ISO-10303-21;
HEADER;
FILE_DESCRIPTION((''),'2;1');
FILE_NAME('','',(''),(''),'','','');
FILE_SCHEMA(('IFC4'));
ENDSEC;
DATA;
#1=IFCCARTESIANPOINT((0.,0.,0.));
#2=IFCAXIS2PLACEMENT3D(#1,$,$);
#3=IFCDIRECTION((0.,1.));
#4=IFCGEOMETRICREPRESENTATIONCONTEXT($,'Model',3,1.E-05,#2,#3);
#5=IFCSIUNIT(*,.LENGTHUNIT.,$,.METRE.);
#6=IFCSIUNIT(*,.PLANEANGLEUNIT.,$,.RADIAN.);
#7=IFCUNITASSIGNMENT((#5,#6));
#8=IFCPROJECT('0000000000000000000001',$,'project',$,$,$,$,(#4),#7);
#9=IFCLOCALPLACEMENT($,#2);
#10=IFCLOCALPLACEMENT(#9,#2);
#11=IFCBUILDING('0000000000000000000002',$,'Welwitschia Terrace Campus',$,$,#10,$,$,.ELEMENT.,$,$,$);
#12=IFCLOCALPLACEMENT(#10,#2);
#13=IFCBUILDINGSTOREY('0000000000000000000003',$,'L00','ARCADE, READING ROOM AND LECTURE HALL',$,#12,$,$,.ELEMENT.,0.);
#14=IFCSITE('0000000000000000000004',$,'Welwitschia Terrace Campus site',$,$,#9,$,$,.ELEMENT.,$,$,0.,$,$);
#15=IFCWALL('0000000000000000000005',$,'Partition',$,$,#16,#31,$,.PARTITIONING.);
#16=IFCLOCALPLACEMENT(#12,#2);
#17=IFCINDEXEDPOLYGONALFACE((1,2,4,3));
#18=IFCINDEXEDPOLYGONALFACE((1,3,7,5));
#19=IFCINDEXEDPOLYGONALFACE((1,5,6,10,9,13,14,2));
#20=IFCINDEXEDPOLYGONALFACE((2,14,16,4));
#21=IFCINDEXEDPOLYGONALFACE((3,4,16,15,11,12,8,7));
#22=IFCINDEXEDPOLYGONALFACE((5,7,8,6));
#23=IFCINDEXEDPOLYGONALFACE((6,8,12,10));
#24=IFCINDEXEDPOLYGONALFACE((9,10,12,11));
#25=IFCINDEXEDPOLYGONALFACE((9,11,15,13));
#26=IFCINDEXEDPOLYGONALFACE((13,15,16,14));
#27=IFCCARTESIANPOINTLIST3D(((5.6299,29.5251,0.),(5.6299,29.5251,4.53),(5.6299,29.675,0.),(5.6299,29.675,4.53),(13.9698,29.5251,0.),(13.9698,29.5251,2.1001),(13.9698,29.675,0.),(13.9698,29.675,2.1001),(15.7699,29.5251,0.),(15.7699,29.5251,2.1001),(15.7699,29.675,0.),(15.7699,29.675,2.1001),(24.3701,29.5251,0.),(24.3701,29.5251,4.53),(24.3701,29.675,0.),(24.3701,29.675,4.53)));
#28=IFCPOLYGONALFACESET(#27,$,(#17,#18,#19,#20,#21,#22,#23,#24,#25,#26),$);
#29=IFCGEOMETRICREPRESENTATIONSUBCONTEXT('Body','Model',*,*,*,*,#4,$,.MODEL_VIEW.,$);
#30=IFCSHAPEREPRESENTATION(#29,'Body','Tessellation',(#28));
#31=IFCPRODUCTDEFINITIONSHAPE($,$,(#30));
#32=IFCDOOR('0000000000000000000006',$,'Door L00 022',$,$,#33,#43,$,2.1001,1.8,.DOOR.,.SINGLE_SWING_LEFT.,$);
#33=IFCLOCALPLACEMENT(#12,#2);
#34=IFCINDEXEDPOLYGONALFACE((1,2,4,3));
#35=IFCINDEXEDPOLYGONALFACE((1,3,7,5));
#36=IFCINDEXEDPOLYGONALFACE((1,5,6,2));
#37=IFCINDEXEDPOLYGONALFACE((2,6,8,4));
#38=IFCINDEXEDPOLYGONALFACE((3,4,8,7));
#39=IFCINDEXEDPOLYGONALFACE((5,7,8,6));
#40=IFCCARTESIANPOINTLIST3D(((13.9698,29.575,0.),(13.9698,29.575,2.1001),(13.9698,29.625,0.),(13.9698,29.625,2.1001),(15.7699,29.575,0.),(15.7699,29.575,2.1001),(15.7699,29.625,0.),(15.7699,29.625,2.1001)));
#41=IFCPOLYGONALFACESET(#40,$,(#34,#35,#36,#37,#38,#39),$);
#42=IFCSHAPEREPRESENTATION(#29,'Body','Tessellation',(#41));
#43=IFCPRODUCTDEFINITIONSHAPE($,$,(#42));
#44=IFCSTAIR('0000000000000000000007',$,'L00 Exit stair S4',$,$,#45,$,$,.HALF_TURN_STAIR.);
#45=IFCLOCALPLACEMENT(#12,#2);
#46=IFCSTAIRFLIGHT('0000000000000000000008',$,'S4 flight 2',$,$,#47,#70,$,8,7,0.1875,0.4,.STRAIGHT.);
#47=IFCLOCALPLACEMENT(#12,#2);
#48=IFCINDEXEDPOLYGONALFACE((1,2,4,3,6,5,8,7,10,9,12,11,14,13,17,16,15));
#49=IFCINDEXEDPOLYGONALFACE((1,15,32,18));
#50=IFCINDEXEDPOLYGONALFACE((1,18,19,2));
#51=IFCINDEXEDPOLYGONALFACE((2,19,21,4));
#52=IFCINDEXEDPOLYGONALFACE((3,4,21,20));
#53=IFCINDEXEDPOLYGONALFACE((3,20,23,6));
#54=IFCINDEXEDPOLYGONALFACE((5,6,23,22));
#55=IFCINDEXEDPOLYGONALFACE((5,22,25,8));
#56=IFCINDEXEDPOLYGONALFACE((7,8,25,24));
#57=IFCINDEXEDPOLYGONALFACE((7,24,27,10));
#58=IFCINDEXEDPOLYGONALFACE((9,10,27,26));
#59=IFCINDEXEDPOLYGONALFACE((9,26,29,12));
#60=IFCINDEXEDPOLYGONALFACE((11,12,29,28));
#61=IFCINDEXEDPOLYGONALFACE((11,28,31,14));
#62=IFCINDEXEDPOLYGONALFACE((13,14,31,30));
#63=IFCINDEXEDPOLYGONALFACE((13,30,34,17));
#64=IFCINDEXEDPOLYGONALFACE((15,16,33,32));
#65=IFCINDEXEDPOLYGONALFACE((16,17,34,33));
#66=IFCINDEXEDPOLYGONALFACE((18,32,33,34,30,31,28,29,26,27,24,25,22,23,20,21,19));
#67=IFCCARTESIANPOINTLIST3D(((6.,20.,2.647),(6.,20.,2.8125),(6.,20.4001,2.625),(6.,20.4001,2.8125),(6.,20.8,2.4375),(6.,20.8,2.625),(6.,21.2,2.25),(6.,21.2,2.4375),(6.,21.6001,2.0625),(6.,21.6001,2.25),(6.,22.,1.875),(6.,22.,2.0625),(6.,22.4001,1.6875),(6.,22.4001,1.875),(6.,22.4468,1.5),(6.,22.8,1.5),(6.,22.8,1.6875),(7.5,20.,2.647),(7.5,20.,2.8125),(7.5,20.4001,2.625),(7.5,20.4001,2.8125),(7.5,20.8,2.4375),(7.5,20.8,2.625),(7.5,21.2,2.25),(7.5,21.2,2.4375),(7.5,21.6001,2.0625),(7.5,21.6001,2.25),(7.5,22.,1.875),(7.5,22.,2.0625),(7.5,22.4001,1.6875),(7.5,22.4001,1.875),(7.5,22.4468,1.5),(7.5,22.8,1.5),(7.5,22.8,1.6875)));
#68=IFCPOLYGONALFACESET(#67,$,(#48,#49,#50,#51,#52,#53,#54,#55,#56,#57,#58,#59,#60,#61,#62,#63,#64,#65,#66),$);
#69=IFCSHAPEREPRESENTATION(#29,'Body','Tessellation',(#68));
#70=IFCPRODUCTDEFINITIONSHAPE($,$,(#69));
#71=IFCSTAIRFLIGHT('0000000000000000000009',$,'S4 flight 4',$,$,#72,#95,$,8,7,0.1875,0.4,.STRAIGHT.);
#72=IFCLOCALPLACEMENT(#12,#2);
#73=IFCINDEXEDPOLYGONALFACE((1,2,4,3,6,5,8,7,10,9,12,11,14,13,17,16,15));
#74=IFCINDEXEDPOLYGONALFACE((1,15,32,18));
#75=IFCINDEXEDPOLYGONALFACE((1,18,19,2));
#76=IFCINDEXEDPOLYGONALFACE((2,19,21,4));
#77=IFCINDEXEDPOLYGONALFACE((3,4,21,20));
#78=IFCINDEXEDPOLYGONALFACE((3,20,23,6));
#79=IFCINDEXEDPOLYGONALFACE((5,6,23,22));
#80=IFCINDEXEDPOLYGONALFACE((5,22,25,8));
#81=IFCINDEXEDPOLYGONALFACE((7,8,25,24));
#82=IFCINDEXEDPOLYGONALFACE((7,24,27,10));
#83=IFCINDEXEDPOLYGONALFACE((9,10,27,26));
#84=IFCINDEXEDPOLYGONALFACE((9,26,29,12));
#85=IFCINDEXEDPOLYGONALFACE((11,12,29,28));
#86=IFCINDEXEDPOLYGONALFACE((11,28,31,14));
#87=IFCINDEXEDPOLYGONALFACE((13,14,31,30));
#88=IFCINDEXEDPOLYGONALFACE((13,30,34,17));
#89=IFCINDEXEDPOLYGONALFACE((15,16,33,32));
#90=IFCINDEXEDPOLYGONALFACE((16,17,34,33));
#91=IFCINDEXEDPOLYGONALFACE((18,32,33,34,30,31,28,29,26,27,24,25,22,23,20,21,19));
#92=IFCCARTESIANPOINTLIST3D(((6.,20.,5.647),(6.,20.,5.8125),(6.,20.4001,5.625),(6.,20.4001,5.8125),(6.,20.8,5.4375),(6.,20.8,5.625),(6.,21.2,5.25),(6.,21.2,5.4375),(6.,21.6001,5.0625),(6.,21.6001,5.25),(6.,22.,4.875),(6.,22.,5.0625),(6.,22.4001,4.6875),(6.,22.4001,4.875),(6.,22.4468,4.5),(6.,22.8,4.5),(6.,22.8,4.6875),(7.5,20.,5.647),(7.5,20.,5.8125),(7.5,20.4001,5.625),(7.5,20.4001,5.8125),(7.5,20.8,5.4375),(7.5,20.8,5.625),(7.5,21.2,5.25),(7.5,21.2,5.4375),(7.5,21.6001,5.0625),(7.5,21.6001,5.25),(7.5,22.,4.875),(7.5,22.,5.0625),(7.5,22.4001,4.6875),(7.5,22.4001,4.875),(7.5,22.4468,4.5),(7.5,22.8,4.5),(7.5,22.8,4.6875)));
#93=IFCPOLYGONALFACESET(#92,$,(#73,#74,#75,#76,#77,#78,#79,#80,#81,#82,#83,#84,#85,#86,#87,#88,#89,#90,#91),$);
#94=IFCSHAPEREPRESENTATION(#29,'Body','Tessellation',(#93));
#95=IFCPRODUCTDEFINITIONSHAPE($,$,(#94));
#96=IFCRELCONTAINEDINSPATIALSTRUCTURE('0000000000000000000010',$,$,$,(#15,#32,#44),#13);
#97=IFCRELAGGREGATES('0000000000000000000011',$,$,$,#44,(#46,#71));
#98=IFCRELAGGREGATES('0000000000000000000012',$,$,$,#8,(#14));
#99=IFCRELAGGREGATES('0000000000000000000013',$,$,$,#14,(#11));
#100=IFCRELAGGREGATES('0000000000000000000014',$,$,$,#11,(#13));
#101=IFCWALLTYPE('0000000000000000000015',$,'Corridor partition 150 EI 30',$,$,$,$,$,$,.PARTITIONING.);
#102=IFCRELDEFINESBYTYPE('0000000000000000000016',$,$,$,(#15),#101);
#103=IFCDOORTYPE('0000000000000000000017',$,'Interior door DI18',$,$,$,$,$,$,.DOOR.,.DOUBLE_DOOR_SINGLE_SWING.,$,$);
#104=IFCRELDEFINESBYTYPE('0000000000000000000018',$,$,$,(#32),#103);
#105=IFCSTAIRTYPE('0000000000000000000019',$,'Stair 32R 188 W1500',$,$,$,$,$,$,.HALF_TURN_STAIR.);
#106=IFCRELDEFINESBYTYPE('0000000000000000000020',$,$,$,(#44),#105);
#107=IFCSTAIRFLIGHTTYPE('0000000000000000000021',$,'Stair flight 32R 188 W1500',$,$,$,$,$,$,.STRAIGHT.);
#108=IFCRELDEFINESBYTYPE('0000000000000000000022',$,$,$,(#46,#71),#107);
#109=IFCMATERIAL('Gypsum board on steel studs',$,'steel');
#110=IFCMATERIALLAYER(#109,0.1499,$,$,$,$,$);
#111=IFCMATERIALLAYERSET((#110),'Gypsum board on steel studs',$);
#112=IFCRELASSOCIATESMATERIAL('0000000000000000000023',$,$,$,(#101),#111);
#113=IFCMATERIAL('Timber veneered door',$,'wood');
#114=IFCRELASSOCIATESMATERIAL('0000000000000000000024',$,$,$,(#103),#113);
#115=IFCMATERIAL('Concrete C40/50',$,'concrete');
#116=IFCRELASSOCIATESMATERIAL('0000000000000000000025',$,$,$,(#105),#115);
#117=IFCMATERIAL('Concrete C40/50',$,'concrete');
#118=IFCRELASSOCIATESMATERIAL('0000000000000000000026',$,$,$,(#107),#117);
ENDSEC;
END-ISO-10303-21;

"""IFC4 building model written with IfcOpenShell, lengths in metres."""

from ifc_helpers import new_model, si_unit, direction, frame, frame_2d, origin, place, context, subcontext, project, spatial, polyline, rectangle, outline, extrude, material, layer, layer_set, type_object, element, fill, aggregate, save


model = new_model("IFC4")

# Units and contexts
model_context = context("Model", 3, precision=1e-05, world=origin(), true_north=direction((0.0, 1.0)))
body_context = subcontext(model_context, "Body", "Model", "MODEL_VIEW")
ifc_project = project(units=[si_unit("LENGTHUNIT", "METRE"), si_unit("PLANEANGLEUNIT", "RADIAN")], contexts=[model_context])

# Site, building, storey
site_placement = place(None, origin())
site = spatial("IfcSite", under=ifc_project, at=site_placement, Name="Welwitschia Terrace Campus site", CompositionType="ELEMENT", RefElevation=0.0)
building_placement = place(site_placement, origin())
building = spatial("IfcBuilding", under=site, at=building_placement, Name="Welwitschia Terrace Campus", CompositionType="ELEMENT")
storey_placement = place(building_placement, origin())
storey = spatial("IfcBuildingStorey", under=building, at=storey_placement, Name="L00", Description="ARCADE, READING ROOM AND LECTURE HALL", CompositionType="ELEMENT", Elevation=0.0)

# Shared definitions
ifc_material_1 = material(Name="Gypsum board on steel studs", Category="steel")
ifc_layer_1 = layer(ifc_material_1, 0.1499)
ifc_layer_set_1 = layer_set([ifc_layer_1], Name="Gypsum board on steel studs")
wall_type_1 = type_object("IfcWallType", Name="Corridor partition 150 EI 30", PredefinedType="PARTITIONING", material=ifc_layer_set_1)

# Wall, opening, door
wall_1_placement = place(storey_placement, frame((5.6299, 29.6001, 0.0), z_axis=(0.0, 0.0, 1.0), x_axis=(1.0, 0.0, 0.0)))
wall_1 = element("IfcWall", 1, at=wall_1_placement, inside=storey, type_object=wall_type_1, Name="Partition", PredefinedType="PARTITIONING", context=body_context, shape_type="SweptSolid", body=[
    extrude(rectangle(XDim=18.7402, YDim=0.1499, at=frame_2d((9.3701, 0.0))), origin(), (0.0, 0.0, 1.0), 4.53),
])
opening_1_placement = place(wall_1_placement, frame((8.3401, 0.0, 0.0)))
opening_1 = element("IfcOpeningElement", 2, at=opening_1_placement, cuts=wall_1, PredefinedType="OPENING", context=body_context, shape_type="SweptSolid", body=[
    extrude(rectangle(XDim=1.8, YDim=2.1001, at=frame_2d((0.8999, 1.05))), frame((0.0, 0.085, 0.0), z_axis=(0.0, -1.0, 0.0), x_axis=(1.0, 0.0, 0.0)), (0.0, 0.0, 1.0), 0.1699),
])
ifc_material_2 = material(Name="Timber veneered door", Category="wood")
door_type_1 = type_object("IfcDoorType", Name="Interior door DI18", OperationType="DOUBLE_DOOR_SINGLE_SWING", PredefinedType="DOOR", material=ifc_material_2)
door_1_placement = place(opening_1_placement, origin())
door_1 = element("IfcDoor", 3, at=door_1_placement, inside=storey, type_object=door_type_1, Name="Door L00 022", OperationType="SINGLE_SWING_LEFT", OverallHeight=2.1001, OverallWidth=1.8, PredefinedType="DOOR", context=body_context, shape_type="SweptSolid", body=[
    extrude(rectangle(XDim=1.8, YDim=2.1001, at=frame_2d((0.8999, 1.05))), frame((0.0, 0.0249, 0.0), z_axis=(0.0, -1.0, 0.0), x_axis=(1.0, 0.0, 0.0)), (0.0, 0.0, 1.0), 0.05),
])
fill(opening_1, door_1)

# Stair, stair flights
ifc_material_3 = material(Name="Concrete C40/50", Category="concrete")
stair_type = type_object("IfcStairType", Name="Stair 32R 188 W1500", PredefinedType="HALF_TURN_STAIR", material=ifc_material_3)
stair_placement = place(storey_placement, origin())
stair = element("IfcStair", 4, at=stair_placement, inside=storey, type_object=stair_type, Name="L00 Exit stair S4", PredefinedType="HALF_TURN_STAIR")
ifc_material_4 = material(Name="Concrete C40/50", Category="concrete")
stair_flight_type = type_object("IfcStairFlightType", Name="Stair flight 32R 188 W1500", PredefinedType="STRAIGHT", material=ifc_material_4)
stair_flight_1_placement = place(storey_placement, frame((6.75, 22.8, 1.5), z_axis=(0.0, 0.0, 1.0), x_axis=(0.0, -1.0, 0.0)))
stair_flight_1 = element("IfcStairFlight", 5, at=stair_flight_1_placement, type_object=stair_flight_type, Name="S4 flight 2", NumberOfRisers=8, NumberOfTreads=7, PredefinedType="STRAIGHT", RiserHeight=0.1875, TreadLength=0.4, context=body_context, shape_type="SweptSolid", body=[
    extrude(outline(polyline([(0.0, 0.0), (0.0, 0.1875), (0.3999, 0.1875), (0.3999, 0.375), (0.8, 0.375), (0.8, 0.5625), (1.2, 0.5625), (1.2, 0.75), (1.6001, 0.75), (1.6001, 0.9375), (2.0, 0.9375), (2.0, 1.125), (2.3999, 1.125), (2.3999, 1.3125), (2.8, 1.3125), (2.8, 1.5), (2.8, 1.147), (0.3533, 0.0), (0.0, 0.0)])), frame((0.0, 0.75, 0.0), z_axis=(0.0, -1.0, 0.0), x_axis=(1.0, 0.0, 0.0)), (0.0, 0.0, 1.0), 1.5),
])
stair_flight_2_placement = place(storey_placement, frame((6.75, 22.8, 4.5), z_axis=(0.0, 0.0, 1.0), x_axis=(0.0, -1.0, 0.0)))
stair_flight_2 = element("IfcStairFlight", 6, at=stair_flight_2_placement, type_object=stair_flight_type, Name="S4 flight 4", NumberOfRisers=8, NumberOfTreads=7, PredefinedType="STRAIGHT", RiserHeight=0.1875, TreadLength=0.4, context=body_context, shape_type="SweptSolid", body=[
    extrude(outline(polyline([(0.0, 0.0), (0.0, 0.1875), (0.3999, 0.1875), (0.3999, 0.375), (0.8, 0.375), (0.8, 0.5625), (1.2, 0.5625), (1.2, 0.75), (1.6001, 0.75), (1.6001, 0.9375), (2.0, 0.9375), (2.0, 1.125), (2.3999, 1.125), (2.3999, 1.3125), (2.8, 1.3125), (2.8, 1.5), (2.8, 1.147), (0.3533, 0.0), (0.0, 0.0)])), frame((0.0, 0.75, 0.0), z_axis=(0.0, -1.0, 0.0), x_axis=(1.0, 0.0, 0.0)), (0.0, 0.0, 1.0), 1.5),
])
aggregate(stair, [stair_flight_1, stair_flight_2])

save(model, "model.ifc")
